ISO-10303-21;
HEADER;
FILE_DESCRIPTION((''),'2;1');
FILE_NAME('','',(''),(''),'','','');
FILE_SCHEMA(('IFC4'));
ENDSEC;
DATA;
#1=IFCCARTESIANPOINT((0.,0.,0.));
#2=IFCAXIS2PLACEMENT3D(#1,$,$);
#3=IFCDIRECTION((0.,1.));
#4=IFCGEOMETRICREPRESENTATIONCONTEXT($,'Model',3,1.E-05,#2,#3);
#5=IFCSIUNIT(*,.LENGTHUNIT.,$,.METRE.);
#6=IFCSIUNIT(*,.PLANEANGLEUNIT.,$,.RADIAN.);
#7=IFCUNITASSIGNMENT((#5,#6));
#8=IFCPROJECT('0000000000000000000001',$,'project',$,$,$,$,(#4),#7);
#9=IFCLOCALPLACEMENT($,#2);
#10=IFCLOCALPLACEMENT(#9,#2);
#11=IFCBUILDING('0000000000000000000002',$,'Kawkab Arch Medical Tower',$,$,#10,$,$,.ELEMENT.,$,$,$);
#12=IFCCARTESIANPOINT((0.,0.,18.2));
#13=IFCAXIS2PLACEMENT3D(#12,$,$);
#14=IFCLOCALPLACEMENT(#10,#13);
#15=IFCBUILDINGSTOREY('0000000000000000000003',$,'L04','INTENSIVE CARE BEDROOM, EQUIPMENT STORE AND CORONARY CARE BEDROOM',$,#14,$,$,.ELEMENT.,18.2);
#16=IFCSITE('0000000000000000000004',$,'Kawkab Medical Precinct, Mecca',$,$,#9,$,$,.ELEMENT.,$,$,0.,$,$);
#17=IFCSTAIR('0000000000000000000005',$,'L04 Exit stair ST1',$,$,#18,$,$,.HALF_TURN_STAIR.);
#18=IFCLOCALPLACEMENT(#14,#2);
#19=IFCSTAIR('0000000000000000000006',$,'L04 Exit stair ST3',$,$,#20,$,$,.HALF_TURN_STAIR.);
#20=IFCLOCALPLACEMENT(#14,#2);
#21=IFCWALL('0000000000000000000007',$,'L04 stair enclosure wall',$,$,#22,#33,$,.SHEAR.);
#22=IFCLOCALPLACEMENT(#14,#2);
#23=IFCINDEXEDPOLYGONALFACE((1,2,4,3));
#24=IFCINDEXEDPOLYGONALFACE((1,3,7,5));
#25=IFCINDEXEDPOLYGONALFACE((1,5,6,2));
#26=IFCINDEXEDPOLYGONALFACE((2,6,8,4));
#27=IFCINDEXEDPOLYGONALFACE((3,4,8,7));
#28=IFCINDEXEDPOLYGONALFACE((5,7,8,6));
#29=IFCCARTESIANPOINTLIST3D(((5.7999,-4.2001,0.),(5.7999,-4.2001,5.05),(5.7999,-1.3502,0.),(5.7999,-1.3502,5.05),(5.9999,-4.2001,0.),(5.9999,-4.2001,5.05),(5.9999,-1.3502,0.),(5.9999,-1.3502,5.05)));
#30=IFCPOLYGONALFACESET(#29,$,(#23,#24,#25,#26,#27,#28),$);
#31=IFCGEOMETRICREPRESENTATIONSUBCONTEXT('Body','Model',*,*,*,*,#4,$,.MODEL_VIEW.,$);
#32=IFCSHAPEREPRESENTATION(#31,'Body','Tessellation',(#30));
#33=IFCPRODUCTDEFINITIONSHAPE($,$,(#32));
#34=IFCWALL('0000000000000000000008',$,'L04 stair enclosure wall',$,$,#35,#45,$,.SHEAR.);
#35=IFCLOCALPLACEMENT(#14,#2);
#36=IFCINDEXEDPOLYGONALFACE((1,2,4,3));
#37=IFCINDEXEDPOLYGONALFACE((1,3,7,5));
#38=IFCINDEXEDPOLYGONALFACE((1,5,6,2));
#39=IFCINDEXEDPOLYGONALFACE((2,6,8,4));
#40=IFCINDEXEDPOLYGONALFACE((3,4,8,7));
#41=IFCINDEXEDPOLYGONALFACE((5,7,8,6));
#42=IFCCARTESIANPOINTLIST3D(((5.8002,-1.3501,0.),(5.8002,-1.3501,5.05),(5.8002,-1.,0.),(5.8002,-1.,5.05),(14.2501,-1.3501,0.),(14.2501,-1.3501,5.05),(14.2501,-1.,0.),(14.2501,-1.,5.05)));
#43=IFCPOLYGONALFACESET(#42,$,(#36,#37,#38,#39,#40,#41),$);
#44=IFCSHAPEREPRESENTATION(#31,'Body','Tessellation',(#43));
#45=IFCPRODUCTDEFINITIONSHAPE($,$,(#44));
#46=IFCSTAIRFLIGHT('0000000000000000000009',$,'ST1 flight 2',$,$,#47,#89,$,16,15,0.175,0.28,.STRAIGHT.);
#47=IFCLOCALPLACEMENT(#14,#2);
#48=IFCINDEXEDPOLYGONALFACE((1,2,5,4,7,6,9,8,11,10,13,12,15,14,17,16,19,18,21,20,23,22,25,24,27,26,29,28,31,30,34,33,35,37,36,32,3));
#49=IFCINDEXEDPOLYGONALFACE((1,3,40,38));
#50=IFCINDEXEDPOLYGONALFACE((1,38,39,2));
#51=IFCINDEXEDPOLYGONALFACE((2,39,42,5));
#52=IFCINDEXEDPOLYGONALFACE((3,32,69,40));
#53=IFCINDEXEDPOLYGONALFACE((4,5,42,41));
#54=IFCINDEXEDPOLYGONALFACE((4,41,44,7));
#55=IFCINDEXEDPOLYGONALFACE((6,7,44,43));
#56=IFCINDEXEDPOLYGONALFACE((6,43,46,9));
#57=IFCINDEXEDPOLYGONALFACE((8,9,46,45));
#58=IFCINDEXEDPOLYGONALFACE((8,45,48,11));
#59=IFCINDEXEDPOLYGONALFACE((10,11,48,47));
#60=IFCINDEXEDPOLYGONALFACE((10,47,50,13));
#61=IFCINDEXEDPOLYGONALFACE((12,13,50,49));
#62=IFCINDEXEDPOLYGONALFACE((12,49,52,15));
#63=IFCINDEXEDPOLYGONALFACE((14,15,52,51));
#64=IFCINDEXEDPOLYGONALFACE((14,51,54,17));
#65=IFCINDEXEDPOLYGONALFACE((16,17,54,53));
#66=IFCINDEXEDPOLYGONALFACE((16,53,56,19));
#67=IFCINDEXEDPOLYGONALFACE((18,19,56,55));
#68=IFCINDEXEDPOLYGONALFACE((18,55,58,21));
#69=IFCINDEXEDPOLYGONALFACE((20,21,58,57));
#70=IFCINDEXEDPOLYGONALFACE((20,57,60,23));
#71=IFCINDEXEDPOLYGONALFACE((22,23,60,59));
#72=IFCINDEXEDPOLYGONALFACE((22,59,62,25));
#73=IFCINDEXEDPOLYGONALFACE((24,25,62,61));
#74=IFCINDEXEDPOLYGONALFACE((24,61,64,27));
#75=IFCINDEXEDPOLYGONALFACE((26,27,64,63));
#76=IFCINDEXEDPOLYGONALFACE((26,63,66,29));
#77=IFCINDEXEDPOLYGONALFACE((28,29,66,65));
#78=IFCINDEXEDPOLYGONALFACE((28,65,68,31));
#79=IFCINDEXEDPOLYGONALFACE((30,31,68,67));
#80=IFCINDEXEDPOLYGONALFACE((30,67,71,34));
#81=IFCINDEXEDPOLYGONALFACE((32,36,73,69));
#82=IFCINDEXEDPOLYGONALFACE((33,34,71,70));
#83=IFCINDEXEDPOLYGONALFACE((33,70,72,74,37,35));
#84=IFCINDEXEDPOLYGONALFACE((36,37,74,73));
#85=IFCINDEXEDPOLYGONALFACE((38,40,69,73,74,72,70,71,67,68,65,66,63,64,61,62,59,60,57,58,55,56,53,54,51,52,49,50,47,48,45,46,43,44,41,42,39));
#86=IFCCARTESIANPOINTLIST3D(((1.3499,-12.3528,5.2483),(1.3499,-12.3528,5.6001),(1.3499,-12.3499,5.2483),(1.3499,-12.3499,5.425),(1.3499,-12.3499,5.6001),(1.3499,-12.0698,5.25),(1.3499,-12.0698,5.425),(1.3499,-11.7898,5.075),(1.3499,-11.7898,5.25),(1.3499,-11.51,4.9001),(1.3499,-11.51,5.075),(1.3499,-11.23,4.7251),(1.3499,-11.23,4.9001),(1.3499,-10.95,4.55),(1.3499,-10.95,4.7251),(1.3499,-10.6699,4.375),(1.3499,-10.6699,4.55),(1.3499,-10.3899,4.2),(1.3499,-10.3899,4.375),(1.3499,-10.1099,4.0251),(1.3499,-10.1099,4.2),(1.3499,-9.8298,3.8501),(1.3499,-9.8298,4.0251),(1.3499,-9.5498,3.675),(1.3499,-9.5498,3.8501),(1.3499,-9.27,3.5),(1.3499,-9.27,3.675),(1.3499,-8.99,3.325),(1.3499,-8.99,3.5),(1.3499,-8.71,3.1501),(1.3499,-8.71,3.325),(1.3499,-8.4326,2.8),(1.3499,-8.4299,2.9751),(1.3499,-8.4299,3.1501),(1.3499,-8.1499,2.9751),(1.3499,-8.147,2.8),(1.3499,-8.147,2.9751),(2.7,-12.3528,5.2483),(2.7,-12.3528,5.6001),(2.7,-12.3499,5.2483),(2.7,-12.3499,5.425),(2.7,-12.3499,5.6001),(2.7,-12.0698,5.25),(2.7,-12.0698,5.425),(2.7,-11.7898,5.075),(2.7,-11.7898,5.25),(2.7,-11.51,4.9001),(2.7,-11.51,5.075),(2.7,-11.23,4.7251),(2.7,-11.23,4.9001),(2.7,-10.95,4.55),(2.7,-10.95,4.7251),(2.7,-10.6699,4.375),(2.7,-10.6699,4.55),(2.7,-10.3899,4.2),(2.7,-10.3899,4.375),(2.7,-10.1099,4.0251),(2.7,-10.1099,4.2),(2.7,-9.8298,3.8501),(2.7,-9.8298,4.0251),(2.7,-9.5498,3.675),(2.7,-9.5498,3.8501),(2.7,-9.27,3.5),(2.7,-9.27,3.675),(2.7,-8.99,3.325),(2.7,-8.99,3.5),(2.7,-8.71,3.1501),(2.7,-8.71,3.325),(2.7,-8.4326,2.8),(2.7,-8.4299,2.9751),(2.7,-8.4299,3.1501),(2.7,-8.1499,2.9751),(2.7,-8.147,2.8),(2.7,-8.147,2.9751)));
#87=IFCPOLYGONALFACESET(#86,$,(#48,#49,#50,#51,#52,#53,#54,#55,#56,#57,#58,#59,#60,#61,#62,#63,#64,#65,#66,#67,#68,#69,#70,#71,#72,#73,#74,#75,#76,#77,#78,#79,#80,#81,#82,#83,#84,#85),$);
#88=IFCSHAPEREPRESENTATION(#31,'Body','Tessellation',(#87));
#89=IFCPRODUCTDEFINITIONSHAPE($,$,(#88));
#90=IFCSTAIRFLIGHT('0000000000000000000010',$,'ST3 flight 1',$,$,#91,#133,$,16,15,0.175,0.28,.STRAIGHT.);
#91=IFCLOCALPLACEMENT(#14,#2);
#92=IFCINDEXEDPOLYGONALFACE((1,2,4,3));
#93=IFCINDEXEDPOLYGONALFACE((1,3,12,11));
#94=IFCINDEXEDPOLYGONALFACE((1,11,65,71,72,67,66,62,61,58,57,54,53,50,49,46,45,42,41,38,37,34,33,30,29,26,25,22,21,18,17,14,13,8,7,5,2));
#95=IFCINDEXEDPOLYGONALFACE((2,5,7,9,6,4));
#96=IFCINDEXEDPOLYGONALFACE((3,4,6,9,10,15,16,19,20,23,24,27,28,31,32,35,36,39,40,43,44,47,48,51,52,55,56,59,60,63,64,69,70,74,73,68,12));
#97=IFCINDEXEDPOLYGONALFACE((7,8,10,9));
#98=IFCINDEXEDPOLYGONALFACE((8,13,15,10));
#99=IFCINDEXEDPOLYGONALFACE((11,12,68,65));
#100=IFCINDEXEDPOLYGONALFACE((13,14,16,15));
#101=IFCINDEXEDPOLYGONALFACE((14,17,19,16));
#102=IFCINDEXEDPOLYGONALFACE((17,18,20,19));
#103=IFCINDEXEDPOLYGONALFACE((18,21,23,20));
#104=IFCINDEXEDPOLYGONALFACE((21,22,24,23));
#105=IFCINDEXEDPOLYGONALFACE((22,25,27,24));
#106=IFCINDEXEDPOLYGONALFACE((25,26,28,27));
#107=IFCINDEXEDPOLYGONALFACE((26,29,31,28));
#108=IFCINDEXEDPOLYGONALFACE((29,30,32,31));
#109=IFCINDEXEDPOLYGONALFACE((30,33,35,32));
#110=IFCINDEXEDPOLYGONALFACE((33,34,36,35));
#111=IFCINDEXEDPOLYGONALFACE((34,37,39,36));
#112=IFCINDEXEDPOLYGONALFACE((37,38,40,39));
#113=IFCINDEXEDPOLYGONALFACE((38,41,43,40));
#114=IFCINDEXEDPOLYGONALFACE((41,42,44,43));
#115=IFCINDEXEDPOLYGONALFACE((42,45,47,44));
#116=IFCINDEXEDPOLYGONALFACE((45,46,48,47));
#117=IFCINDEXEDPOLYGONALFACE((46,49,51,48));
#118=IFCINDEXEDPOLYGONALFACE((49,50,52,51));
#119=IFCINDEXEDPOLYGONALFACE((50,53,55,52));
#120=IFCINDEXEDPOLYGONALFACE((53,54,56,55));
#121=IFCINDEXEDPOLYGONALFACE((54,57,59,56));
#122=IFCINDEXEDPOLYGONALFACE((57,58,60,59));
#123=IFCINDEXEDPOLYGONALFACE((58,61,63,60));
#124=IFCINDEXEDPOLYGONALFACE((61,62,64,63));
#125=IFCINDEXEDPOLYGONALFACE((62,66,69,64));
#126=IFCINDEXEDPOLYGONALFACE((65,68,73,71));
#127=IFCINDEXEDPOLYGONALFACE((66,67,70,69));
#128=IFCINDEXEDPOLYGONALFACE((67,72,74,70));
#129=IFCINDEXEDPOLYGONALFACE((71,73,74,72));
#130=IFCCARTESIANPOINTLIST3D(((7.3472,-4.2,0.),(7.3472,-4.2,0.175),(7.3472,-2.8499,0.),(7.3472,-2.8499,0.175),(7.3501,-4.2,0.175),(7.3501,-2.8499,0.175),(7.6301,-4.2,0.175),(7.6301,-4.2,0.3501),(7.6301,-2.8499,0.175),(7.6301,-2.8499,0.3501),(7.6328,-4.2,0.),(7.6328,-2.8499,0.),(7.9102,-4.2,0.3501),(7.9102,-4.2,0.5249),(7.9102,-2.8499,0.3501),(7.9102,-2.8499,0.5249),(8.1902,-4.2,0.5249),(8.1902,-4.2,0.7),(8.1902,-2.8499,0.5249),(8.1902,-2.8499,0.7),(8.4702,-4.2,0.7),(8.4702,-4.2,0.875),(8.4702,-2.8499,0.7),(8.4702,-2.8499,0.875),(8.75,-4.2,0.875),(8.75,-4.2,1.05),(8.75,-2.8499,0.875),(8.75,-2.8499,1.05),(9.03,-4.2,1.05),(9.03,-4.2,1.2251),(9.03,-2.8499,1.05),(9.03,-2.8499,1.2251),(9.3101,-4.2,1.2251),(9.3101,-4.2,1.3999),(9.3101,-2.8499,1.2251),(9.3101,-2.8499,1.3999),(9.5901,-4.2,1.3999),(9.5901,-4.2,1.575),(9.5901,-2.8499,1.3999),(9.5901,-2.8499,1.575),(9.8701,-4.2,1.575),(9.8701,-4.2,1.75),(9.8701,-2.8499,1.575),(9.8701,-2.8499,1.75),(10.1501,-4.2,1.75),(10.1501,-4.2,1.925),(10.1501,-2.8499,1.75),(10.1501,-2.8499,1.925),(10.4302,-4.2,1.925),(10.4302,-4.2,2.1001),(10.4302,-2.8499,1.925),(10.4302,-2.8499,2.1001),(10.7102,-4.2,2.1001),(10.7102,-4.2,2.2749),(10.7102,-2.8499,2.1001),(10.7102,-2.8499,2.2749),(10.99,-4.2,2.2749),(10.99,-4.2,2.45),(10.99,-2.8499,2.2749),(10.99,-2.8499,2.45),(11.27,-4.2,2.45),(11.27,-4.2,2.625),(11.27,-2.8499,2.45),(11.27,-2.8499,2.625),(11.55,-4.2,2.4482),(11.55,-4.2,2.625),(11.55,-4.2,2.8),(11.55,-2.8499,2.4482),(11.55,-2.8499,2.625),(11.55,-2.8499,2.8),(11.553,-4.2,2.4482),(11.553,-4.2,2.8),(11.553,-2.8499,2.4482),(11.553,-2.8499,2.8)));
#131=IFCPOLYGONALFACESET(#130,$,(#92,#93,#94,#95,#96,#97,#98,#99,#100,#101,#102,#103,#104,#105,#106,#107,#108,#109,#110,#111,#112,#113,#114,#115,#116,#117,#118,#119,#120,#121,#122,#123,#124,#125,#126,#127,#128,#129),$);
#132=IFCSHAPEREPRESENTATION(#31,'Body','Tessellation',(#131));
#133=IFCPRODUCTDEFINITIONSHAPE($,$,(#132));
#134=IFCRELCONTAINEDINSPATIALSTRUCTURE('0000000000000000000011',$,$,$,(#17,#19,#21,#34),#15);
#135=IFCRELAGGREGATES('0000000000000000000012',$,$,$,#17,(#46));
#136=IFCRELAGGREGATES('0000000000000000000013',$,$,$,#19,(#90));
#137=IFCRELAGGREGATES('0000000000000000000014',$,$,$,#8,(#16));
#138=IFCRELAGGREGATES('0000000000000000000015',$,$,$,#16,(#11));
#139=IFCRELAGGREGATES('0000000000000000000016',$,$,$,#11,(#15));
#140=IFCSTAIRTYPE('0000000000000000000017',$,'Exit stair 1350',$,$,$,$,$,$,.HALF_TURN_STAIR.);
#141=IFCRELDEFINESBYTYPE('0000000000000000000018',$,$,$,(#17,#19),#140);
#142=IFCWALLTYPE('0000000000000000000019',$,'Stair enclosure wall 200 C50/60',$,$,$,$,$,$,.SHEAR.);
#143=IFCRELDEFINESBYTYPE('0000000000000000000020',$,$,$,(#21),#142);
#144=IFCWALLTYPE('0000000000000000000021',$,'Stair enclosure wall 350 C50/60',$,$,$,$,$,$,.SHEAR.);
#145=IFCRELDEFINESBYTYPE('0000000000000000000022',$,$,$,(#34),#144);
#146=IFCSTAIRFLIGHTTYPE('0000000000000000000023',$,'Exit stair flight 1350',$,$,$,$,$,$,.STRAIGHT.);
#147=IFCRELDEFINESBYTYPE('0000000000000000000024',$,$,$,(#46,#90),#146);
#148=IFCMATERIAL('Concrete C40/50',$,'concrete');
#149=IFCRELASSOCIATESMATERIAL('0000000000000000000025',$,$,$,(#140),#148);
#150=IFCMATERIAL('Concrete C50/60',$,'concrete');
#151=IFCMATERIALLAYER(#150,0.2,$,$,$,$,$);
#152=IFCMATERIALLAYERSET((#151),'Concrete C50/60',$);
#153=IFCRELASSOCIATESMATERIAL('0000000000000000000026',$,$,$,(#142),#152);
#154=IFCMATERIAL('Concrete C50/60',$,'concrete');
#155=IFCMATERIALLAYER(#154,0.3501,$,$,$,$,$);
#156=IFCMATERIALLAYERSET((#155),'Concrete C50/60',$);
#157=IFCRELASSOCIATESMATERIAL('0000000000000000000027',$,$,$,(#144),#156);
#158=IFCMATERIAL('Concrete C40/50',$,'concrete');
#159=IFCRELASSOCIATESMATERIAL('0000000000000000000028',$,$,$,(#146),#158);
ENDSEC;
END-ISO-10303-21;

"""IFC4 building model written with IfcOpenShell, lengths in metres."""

from ifc_helpers import new_model, si_unit, direction, frame, frame_2d, origin, place, context, subcontext, project, spatial, polyline, rectangle, outline, extrude, material, layer, layer_set, type_object, element, aggregate, save


model = new_model("IFC4")

# Units and contexts
model_context = context("Model", 3, precision=1e-05, world=origin(), true_north=direction((0.0, 1.0)))
body_context = subcontext(model_context, "Body", "Model", "MODEL_VIEW")
ifc_project = project(units=[si_unit("LENGTHUNIT", "METRE"), si_unit("PLANEANGLEUNIT", "RADIAN")], contexts=[model_context])

# Site, building, storey
site_placement = place(None, origin())
site = spatial("IfcSite", under=ifc_project, at=site_placement, Name="Kawkab Medical Precinct, Mecca", CompositionType="ELEMENT", RefElevation=0.0)
building_placement = place(site_placement, origin())
building = spatial("IfcBuilding", under=site, at=building_placement, Name="Kawkab Arch Medical Tower", CompositionType="ELEMENT")
storey_placement = place(building_placement, frame((0.0, 0.0, 18.2)))
storey = spatial("IfcBuildingStorey", under=building, at=storey_placement, Name="L04", Description="INTENSIVE CARE BEDROOM, EQUIPMENT STORE AND CORONARY CARE BEDROOM", CompositionType="ELEMENT", Elevation=18.2)

# Stairs
ifc_material_1 = material(Name="Concrete C40/50", Category="concrete")
stair_type = type_object("IfcStairType", Name="Exit stair 1350", PredefinedType="HALF_TURN_STAIR", material=ifc_material_1)
placement_1 = place(storey_placement, origin())
stair_1 = element("IfcStair", 1, at=placement_1, inside=storey, type_object=stair_type, Name="L04 Exit stair ST1", PredefinedType="HALF_TURN_STAIR")
stair_2 = element("IfcStair", 2, at=placement_1, inside=storey, type_object=stair_type, Name="L04 Exit stair ST3", PredefinedType="HALF_TURN_STAIR")

# Walls
ifc_material_2 = material(Name="Concrete C50/60", Category="concrete")
ifc_layer_1 = layer(ifc_material_2, 0.2)
ifc_layer_set_1 = layer_set([ifc_layer_1], Name="Concrete C50/60")
wall_type_1 = type_object("IfcWallType", Name="Stair enclosure wall 200 C50/60", PredefinedType="SHEAR", material=ifc_layer_set_1)
wall_1_placement = place(storey_placement, frame((5.8999, -4.2, 0.0), z_axis=(0.0, 0.0, 1.0), x_axis=(0.0, 1.0, 0.0)))
element("IfcWall", 3, at=wall_1_placement, inside=storey, type_object=wall_type_1, Name="L04 stair enclosure wall", PredefinedType="SHEAR", context=body_context, shape_type="SweptSolid", body=[
    extrude(rectangle(XDim=2.8499, YDim=0.2, at=frame_2d((1.4248, 0.0))), origin(), (0.0, 0.0, 1.0), 5.05),
])
ifc_material_3 = material(Name="Concrete C50/60", Category="concrete")
ifc_layer_2 = layer(ifc_material_3, 0.3501)
ifc_layer_set_2 = layer_set([ifc_layer_2], Name="Concrete C50/60")
wall_type_2 = type_object("IfcWallType", Name="Stair enclosure wall 350 C50/60", PredefinedType="SHEAR", material=ifc_layer_set_2)
wall_2_placement = place(storey_placement, frame((5.8, -1.175, 0.0), z_axis=(0.0, 0.0, 1.0), x_axis=(1.0, 0.0, 0.0)))
element("IfcWall", 4, at=wall_2_placement, inside=storey, type_object=wall_type_2, Name="L04 stair enclosure wall", PredefinedType="SHEAR", context=body_context, shape_type="SweptSolid", body=[
    extrude(rectangle(XDim=8.45, YDim=0.3501, at=frame_2d((4.2251, 0.0))), origin(), (0.0, 0.0, 1.0), 5.05),
])

# Stair flights
ifc_material_4 = material(Name="Concrete C40/50", Category="concrete")
stair_flight_type = type_object("IfcStairFlightType", Name="Exit stair flight 1350", PredefinedType="STRAIGHT", material=ifc_material_4)
stair_flight_1_placement = place(storey_placement, frame((2.0249, -8.1499, 2.8), z_axis=(0.0, 0.0, 1.0), x_axis=(0.0, -1.0, 0.0)))
stair_flight_1 = element("IfcStairFlight", 5, at=stair_flight_1_placement, type_object=stair_flight_type, Name="ST1 flight 2", NumberOfRisers=16, NumberOfTreads=15, PredefinedType="STRAIGHT", RiserHeight=0.175, TreadLength=0.28, context=body_context, shape_type="SweptSolid", body=[
    extrude(outline(polyline([(-0.0029, 0.0), (-0.0029, 0.175), (0.0, 0.175), (0.28, 0.175), (0.28, 0.3501), (0.5601, 0.3501), (0.5601, 0.5249), (0.8401, 0.5249), (0.8401, 0.7), (1.1201, 0.7), (1.1201, 0.875), (1.3999, 0.875), (1.3999, 1.05), (1.6799, 1.05), (1.6799, 1.2251), (1.96, 1.2251), (1.96, 1.3999), (2.24, 1.3999), (2.24, 1.575), (2.52, 1.575), (2.52, 1.75), (2.8, 1.75), (2.8, 1.925), (3.0801, 1.925), (3.0801, 2.1001), (3.3601, 2.1001), (3.3601, 2.2749), (3.6399, 2.2749), (3.6399, 2.45), (3.9199, 2.45), (3.9199, 2.625), (4.2, 2.625), (4.2, 2.8), (4.2029, 2.8), (4.2029, 2.4482), (4.2, 2.4482), (0.2827, 0.0), (-0.0029, 0.0)])), frame((0.0, 0.675, 0.0), z_axis=(0.0, -1.0, 0.0), x_axis=(1.0, 0.0, 0.0)), (0.0, 0.0, 1.0), 1.3501),
])
aggregate(stair_1, [stair_flight_1])
stair_flight_2_placement = place(storey_placement, frame((7.3501, -3.5249, 0.0), z_axis=(0.0, 0.0, 1.0), x_axis=(1.0, 0.0, 0.0)))
stair_flight_2 = element("IfcStairFlight", 6, at=stair_flight_2_placement, type_object=stair_flight_type, Name="ST3 flight 1", NumberOfRisers=16, NumberOfTreads=15, PredefinedType="STRAIGHT", RiserHeight=0.175, TreadLength=0.28, context=body_context, shape_type="SweptSolid", body=[
    extrude(outline(polyline([(-0.0029, 0.0), (-0.0029, 0.175), (0.0, 0.175), (0.28, 0.175), (0.28, 0.3501), (0.5601, 0.3501), (0.5601, 0.5249), (0.8401, 0.5249), (0.8401, 0.7), (1.1201, 0.7), (1.1201, 0.875), (1.3999, 0.875), (1.3999, 1.05), (1.6799, 1.05), (1.6799, 1.2251), (1.96, 1.2251), (1.96, 1.3999), (2.24, 1.3999), (2.24, 1.575), (2.52, 1.575), (2.52, 1.75), (2.8, 1.75), (2.8, 1.925), (3.0801, 1.925), (3.0801, 2.1001), (3.3601, 2.1001), (3.3601, 2.2749), (3.6399, 2.2749), (3.6399, 2.45), (3.9199, 2.45), (3.9199, 2.625), (4.2, 2.625), (4.2, 2.8), (4.2029, 2.8), (4.2029, 2.4482), (4.2, 2.4482), (0.2827, 0.0), (-0.0029, 0.0)])), frame((0.0, 0.675, 0.0), z_axis=(0.0, -1.0, 0.0), x_axis=(1.0, 0.0, 0.0)), (0.0, 0.0, 1.0), 1.3501),
])
aggregate(stair_2, [stair_flight_2])

save(model, "model.ifc")
